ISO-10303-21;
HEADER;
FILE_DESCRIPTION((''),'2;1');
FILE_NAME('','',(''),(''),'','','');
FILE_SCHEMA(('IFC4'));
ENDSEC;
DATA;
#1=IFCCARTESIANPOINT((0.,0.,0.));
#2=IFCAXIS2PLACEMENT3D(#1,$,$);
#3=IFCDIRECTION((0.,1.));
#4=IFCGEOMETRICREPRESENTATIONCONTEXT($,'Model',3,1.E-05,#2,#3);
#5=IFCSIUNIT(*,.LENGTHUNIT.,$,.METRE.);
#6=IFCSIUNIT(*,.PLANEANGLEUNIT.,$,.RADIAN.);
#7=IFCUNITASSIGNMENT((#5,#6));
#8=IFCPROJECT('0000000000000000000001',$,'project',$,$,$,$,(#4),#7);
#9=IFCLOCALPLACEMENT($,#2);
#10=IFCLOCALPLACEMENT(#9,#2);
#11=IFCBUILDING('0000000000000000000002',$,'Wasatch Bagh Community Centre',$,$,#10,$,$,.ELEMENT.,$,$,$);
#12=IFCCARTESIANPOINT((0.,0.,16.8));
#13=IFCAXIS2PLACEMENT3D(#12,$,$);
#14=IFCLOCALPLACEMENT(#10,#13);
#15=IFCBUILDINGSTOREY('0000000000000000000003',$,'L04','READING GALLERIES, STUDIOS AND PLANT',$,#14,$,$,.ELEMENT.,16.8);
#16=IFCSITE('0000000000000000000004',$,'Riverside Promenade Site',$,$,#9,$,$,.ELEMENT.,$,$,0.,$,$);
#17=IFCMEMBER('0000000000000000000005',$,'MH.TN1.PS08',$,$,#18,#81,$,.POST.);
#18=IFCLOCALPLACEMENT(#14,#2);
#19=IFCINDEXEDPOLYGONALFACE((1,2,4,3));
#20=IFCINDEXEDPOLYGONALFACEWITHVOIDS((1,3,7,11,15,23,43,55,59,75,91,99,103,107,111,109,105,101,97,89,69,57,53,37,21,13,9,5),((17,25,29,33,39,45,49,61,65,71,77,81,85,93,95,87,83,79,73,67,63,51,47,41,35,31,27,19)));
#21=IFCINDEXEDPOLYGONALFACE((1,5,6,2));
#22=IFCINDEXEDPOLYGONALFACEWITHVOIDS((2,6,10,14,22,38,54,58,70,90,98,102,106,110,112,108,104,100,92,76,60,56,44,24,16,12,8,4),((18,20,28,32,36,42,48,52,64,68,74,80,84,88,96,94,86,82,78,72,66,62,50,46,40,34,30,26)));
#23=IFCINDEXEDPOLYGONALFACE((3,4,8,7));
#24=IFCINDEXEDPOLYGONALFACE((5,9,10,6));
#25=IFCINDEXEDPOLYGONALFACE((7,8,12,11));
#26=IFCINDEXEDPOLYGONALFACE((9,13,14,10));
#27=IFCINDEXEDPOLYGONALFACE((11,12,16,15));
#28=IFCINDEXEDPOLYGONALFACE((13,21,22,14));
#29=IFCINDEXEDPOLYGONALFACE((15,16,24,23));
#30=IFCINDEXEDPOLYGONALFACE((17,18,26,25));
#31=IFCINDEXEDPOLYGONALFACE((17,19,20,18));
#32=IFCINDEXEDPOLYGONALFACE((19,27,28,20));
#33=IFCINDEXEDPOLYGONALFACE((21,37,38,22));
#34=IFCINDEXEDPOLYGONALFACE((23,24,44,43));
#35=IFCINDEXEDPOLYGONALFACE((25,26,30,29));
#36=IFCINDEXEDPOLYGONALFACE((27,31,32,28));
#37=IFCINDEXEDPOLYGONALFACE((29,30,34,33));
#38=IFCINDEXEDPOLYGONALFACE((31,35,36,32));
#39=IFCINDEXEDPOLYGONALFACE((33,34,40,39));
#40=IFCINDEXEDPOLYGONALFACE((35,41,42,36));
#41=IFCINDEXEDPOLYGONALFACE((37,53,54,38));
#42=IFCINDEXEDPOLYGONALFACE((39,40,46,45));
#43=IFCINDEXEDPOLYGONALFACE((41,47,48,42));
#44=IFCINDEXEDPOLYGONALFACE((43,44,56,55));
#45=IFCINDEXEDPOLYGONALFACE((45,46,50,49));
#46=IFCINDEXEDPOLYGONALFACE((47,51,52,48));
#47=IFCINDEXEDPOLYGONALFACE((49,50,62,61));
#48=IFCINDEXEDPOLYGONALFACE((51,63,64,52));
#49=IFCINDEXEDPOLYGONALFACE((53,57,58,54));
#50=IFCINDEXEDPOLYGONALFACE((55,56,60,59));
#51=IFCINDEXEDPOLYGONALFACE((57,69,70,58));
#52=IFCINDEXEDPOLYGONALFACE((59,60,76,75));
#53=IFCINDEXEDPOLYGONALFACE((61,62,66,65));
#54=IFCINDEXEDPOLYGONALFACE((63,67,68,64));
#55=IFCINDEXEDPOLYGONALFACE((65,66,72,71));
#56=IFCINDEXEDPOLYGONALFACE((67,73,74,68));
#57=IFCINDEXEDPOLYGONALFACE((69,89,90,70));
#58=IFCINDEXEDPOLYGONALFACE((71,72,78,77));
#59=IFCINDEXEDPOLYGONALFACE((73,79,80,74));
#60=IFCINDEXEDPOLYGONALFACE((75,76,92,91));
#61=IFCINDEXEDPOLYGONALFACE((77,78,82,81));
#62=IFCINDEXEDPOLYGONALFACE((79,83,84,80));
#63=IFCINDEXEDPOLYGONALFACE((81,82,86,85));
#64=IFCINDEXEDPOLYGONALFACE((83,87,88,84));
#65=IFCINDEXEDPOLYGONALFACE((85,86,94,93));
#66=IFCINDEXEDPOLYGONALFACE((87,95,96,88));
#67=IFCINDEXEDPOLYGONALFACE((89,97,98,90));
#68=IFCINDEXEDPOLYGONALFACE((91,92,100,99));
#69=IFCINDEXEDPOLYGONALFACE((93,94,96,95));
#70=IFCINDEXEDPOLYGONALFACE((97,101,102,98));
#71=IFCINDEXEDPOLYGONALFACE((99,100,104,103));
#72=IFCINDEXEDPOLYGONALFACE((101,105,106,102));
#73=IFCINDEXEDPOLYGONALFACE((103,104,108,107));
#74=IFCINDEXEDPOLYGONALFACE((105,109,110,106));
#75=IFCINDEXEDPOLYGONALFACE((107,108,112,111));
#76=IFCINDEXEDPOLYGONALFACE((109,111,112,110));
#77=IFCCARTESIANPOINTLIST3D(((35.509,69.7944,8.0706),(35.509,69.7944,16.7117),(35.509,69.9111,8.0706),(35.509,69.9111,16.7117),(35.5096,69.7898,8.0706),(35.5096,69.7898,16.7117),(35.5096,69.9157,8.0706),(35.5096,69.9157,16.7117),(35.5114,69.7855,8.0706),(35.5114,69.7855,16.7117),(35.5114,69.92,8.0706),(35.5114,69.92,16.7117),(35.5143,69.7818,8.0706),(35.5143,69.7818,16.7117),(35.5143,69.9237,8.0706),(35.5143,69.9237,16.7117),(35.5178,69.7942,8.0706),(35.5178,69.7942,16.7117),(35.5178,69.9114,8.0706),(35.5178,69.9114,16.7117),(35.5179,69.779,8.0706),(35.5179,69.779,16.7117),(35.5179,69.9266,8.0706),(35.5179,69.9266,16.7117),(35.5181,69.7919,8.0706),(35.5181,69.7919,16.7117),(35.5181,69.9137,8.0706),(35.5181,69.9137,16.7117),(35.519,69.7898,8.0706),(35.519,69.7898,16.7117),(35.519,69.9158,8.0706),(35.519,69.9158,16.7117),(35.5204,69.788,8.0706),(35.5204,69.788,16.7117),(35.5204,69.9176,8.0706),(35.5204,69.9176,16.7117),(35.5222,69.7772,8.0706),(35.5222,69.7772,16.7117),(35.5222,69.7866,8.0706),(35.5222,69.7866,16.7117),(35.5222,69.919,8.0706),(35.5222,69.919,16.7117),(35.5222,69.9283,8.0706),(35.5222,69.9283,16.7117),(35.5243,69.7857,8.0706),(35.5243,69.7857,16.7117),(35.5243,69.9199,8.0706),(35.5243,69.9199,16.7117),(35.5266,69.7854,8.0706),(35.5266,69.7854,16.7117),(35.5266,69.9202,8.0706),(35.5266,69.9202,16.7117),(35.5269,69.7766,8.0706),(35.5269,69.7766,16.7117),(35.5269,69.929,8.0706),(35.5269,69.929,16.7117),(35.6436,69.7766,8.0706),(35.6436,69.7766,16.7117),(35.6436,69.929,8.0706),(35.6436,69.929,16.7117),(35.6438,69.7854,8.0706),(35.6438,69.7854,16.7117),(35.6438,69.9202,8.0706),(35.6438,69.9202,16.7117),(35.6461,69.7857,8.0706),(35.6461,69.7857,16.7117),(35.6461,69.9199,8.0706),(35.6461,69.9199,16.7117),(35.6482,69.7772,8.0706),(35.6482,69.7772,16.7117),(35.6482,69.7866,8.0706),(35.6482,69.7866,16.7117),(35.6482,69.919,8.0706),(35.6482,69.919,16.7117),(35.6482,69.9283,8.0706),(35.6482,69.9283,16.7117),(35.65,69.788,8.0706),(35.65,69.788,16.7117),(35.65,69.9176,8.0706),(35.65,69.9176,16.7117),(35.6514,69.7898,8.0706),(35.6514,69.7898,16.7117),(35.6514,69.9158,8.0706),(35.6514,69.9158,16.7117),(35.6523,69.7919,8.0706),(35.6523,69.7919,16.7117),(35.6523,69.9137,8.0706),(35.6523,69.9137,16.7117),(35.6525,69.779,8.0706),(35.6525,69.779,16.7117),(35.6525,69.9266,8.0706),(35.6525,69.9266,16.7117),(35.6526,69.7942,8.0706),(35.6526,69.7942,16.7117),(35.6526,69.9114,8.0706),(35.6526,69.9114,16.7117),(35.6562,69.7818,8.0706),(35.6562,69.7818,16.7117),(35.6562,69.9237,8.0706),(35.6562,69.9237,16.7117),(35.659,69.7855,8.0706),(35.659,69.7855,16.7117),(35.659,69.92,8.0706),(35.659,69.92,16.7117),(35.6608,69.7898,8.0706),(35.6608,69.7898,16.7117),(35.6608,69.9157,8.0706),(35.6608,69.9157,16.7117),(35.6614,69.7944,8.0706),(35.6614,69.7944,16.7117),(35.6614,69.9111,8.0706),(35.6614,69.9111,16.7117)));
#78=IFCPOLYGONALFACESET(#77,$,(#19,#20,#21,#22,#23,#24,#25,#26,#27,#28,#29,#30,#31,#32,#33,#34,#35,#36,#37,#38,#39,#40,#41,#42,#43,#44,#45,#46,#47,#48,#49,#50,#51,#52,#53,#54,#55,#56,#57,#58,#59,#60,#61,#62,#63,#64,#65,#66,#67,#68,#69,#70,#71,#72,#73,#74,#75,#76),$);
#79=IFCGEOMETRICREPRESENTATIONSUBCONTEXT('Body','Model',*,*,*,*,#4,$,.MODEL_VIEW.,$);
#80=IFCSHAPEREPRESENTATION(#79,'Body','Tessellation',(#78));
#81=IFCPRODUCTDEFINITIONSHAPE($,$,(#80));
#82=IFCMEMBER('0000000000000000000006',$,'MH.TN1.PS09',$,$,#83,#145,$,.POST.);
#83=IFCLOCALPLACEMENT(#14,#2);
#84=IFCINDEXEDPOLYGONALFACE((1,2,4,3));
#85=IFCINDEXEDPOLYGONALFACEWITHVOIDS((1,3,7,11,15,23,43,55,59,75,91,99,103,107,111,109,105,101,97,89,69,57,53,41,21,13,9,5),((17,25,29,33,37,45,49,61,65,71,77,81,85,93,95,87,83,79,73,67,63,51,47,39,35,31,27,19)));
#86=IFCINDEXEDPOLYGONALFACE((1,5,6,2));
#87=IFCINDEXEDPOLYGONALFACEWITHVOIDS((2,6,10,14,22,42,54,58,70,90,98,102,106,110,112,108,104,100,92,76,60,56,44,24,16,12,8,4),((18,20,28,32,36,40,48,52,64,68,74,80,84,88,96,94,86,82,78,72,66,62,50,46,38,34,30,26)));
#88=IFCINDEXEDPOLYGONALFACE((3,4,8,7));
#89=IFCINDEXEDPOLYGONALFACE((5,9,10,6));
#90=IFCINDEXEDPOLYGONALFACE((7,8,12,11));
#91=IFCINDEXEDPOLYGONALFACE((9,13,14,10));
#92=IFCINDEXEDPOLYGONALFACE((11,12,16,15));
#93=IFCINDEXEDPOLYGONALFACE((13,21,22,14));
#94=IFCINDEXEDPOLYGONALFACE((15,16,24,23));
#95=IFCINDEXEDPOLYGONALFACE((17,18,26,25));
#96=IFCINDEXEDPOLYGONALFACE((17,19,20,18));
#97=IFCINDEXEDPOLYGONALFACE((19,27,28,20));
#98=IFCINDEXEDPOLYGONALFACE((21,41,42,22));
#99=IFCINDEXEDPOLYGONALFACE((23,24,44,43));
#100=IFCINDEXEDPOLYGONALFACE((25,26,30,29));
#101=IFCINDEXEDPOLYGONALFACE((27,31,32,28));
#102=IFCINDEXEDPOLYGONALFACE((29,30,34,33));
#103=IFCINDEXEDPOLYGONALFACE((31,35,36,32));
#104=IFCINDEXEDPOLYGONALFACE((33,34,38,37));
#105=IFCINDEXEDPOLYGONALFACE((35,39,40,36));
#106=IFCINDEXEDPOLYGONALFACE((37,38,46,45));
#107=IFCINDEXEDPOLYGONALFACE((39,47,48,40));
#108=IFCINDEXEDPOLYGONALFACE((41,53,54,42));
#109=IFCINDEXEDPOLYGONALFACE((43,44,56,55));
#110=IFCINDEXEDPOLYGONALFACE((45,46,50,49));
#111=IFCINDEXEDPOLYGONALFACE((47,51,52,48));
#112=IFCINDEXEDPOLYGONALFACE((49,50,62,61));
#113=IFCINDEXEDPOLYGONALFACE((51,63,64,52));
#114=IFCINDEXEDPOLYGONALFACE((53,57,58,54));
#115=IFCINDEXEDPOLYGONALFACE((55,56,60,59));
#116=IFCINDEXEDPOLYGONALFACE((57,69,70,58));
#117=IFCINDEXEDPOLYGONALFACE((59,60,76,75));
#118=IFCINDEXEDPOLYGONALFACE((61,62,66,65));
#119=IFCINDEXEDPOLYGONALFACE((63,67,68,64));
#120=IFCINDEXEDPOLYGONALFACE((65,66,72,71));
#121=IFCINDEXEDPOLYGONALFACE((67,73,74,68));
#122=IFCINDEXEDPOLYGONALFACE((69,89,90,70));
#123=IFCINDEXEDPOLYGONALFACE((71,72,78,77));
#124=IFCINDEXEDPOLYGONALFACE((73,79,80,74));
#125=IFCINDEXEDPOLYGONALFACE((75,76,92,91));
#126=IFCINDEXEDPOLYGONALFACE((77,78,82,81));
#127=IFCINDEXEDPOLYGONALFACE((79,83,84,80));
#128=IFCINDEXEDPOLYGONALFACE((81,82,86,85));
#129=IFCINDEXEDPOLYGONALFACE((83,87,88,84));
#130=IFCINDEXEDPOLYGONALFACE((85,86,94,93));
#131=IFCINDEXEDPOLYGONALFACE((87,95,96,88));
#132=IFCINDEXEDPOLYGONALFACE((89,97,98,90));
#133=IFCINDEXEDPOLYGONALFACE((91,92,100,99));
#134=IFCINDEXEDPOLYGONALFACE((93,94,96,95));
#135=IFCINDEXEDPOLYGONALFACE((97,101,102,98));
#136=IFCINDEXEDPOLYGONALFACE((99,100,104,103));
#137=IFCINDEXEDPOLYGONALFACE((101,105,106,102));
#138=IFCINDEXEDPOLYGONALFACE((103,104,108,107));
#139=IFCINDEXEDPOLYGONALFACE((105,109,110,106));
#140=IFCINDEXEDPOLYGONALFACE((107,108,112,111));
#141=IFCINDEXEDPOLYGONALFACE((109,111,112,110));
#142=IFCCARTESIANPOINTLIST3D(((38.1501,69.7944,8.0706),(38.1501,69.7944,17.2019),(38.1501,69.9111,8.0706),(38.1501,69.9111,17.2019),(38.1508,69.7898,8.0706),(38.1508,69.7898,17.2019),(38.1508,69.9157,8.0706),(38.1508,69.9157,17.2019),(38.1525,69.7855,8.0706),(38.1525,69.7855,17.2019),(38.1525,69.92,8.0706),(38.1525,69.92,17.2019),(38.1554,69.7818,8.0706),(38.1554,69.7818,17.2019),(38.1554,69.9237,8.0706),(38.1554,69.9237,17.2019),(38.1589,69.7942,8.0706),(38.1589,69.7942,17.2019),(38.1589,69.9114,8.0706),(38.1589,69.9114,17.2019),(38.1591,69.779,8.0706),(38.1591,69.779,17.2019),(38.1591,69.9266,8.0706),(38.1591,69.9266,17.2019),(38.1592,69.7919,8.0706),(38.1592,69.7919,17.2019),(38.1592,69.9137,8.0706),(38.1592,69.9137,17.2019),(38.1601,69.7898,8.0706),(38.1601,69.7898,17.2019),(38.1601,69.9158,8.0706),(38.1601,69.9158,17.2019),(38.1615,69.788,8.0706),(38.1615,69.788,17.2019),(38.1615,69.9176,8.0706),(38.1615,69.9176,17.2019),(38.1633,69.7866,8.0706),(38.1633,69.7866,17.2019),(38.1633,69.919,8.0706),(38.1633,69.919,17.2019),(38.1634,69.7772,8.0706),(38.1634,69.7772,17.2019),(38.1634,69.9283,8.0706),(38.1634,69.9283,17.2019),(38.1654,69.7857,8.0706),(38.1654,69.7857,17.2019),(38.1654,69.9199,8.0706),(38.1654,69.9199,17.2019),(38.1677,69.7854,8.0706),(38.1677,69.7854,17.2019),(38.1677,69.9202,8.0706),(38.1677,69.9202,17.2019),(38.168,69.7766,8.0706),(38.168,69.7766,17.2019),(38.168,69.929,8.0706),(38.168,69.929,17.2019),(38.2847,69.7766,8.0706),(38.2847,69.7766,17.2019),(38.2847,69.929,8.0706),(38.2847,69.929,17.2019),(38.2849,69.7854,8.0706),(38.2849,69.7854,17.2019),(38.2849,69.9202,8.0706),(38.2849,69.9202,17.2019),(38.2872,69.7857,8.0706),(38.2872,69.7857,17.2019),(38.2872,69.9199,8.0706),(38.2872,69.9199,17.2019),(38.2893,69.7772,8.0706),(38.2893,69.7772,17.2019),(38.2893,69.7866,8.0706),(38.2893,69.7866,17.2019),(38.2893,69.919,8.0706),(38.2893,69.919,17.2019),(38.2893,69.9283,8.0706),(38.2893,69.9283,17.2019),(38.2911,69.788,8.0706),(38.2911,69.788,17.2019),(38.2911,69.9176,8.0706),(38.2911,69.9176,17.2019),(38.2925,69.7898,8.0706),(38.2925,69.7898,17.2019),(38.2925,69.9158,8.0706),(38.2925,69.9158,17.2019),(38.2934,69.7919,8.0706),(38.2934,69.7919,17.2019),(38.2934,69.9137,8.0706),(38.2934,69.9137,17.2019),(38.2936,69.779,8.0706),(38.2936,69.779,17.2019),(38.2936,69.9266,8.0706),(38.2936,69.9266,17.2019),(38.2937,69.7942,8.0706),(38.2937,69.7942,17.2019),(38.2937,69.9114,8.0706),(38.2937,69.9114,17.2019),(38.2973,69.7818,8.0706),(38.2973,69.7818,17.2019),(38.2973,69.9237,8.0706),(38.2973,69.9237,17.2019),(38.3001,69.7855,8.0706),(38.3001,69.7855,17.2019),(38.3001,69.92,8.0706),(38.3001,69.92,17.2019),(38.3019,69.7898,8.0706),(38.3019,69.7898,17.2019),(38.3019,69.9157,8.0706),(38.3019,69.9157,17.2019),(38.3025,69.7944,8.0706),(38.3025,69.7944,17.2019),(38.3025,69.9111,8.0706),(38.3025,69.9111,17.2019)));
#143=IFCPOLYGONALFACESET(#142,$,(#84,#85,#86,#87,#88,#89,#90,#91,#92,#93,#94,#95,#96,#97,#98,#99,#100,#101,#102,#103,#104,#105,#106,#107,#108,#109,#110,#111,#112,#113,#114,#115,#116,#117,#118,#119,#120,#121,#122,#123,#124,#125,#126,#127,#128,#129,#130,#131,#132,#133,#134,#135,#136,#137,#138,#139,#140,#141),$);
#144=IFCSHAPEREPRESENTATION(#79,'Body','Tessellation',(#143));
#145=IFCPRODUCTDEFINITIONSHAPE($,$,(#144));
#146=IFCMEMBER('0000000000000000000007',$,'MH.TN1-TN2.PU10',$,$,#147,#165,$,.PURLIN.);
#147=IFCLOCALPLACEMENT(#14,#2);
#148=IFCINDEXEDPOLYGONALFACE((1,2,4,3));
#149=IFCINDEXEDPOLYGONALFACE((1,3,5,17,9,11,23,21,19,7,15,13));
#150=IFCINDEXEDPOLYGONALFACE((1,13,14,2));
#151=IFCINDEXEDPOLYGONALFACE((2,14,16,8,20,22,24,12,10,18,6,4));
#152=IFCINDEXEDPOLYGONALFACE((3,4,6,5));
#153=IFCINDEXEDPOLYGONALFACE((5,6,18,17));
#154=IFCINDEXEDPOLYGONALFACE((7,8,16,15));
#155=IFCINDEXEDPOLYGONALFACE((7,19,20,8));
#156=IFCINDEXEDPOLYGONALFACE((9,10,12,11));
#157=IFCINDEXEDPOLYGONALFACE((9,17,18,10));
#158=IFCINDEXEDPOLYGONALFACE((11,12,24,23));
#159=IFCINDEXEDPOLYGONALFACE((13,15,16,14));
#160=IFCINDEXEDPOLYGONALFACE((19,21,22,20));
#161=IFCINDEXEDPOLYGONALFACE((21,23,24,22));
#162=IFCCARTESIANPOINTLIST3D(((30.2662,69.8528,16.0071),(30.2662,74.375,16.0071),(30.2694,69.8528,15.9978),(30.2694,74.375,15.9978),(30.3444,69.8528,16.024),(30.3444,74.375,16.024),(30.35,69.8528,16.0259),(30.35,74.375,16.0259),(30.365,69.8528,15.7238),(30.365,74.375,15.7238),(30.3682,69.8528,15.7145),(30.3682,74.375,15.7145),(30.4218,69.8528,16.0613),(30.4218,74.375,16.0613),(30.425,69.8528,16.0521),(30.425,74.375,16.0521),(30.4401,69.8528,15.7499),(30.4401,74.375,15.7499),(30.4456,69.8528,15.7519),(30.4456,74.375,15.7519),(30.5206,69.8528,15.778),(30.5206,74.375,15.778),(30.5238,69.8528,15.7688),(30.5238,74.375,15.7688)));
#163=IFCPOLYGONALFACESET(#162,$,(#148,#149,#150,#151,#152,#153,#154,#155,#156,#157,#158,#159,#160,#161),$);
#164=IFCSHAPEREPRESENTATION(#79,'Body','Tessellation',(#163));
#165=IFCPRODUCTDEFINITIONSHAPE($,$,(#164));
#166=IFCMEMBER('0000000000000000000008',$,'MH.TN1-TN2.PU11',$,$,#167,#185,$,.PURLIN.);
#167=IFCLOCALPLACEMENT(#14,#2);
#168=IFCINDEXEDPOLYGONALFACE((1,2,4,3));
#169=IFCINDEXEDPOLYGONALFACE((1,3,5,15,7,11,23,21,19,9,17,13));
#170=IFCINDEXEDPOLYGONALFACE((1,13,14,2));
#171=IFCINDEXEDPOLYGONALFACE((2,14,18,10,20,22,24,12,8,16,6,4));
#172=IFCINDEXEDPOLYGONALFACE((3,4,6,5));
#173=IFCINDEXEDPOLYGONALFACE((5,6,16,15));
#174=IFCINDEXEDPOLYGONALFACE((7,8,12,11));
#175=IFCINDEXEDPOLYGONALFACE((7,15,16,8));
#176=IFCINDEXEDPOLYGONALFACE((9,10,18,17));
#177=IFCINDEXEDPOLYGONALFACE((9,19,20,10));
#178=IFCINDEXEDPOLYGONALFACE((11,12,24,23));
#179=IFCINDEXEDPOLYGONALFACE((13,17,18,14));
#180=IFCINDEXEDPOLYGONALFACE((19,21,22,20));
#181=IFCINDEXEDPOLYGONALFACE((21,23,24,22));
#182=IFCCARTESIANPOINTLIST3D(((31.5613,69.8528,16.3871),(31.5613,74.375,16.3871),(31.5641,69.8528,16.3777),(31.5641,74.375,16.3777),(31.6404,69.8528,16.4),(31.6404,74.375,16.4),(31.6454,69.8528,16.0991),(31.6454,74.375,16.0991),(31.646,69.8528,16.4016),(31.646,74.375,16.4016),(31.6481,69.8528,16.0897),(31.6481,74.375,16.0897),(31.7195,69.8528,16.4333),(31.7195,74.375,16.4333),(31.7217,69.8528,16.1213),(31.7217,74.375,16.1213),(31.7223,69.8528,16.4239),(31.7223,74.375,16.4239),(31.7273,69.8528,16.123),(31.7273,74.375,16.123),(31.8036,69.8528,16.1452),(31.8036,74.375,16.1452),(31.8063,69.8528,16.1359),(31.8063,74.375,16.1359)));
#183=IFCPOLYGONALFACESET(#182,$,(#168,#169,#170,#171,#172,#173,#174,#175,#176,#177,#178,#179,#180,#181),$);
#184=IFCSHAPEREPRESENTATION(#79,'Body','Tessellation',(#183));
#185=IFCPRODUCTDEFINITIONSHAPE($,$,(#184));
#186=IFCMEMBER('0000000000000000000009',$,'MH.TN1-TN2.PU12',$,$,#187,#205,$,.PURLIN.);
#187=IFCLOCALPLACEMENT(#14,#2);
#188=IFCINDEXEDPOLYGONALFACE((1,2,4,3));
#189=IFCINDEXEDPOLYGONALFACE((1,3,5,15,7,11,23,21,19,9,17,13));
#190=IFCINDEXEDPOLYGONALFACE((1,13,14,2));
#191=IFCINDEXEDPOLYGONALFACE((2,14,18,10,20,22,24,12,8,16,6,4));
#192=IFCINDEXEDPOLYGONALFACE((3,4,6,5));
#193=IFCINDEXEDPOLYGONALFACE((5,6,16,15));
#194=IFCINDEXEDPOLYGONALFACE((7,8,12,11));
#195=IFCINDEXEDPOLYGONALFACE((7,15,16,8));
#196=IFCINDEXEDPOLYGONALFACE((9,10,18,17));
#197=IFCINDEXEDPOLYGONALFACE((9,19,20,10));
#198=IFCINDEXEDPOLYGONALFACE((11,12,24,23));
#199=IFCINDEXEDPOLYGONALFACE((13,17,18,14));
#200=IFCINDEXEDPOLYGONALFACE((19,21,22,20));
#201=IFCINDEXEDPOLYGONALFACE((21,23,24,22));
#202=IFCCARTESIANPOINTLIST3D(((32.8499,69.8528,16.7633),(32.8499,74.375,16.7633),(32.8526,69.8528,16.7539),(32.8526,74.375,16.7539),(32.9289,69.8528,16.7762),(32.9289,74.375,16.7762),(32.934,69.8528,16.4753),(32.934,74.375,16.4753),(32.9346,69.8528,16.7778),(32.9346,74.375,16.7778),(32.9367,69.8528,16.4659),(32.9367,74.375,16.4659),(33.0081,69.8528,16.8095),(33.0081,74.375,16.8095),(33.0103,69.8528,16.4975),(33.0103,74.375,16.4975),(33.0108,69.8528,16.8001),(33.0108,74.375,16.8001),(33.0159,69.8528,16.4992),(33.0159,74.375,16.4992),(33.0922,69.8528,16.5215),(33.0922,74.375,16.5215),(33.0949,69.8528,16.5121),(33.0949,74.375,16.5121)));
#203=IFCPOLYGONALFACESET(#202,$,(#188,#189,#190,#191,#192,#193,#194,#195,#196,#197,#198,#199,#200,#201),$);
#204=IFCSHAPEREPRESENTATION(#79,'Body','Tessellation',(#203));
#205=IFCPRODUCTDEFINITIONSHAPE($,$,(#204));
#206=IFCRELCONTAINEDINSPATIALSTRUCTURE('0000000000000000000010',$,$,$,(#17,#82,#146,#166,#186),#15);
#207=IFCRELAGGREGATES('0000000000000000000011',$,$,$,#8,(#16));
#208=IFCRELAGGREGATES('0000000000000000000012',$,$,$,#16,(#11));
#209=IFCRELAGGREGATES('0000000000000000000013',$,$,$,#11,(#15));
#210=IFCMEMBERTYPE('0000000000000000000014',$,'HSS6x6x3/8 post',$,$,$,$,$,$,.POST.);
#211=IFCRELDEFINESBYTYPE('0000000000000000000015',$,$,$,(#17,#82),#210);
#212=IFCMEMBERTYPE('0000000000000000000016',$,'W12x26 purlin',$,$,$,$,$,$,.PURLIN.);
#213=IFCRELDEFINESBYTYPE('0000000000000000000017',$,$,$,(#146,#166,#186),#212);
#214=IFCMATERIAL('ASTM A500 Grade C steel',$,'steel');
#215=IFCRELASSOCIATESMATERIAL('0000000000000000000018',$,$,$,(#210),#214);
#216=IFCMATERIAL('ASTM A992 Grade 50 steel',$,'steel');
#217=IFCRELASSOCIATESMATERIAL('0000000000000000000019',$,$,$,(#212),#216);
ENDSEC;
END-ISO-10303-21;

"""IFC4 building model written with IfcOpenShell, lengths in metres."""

from ifc_helpers import new_model, si_unit, direction, frame, origin, origin_2d, place, context, subcontext, project, spatial, hollow_rectangle, i_section, extrude, material, material_profile, profile_set, type_object, element, save


model = new_model("IFC4")

# Units and contexts
model_context = context("Model", 3, precision=1e-05, world=origin(), true_north=direction((0.0, 1.0)))
body_context = subcontext(model_context, "Body", "Model", "MODEL_VIEW")
ifc_project = project(units=[si_unit("LENGTHUNIT", "METRE"), si_unit("PLANEANGLEUNIT", "RADIAN")], contexts=[model_context])

# Site, building, storey
site_placement = place(None, origin())
site = spatial("IfcSite", under=ifc_project, at=site_placement, Name="Riverside Promenade Site", CompositionType="ELEMENT", RefElevation=0.0)
building_placement = place(site_placement, origin())
building = spatial("IfcBuilding", under=site, at=building_placement, Name="Wasatch Bagh Community Centre", CompositionType="ELEMENT")
storey_placement = place(building_placement, frame((0.0, 0.0, 16.8)))
storey = spatial("IfcBuildingStorey", under=building, at=storey_placement, Name="L04", Description="READING GALLERIES, STUDIOS AND PLANT", CompositionType="ELEMENT", Elevation=16.8)

# Members
ifc_material_1 = material(Name="ASTM A500 Grade C steel", Category="steel")
ifc_material_profile_1 = material_profile(ifc_material_1, hollow_rectangle(XDim=0.1523, YDim=0.1523, WallThickness=0.0088, InnerFilletRadius=0.0088, OuterFilletRadius=0.0178, at=origin_2d()), Name="HSS6x6x3/8")
ifc_profile_set_1 = profile_set([ifc_material_profile_1], Name="ASTM A500 Grade C steel")
member_type_1 = type_object("IfcMemberType", Name="HSS6x6x3/8 post", PredefinedType="POST", material=ifc_profile_set_1)
member_1_placement = place(storey_placement, frame((35.5852, 69.8528, 8.0706), z_axis=(0.0, 0.0, 1.0), x_axis=(1.0, 0.0, 0.0)))
element("IfcMember", 1, at=member_1_placement, inside=storey, type_object=member_type_1, Name="MH.TN1.PS08", PredefinedType="POST", context=body_context, shape_type="SweptSolid", body=[
    extrude(hollow_rectangle(XDim=0.1523, YDim=0.1523, WallThickness=0.0088, InnerFilletRadius=0.0088, OuterFilletRadius=0.0178, at=origin_2d()), origin(), (0.0, 0.0, 1.0), 8.6411),
])
member_2_placement = place(storey_placement, frame((38.2263, 69.8528, 8.0706), z_axis=(0.0, 0.0, 1.0), x_axis=(1.0, 0.0, 0.0)))
element("IfcMember", 2, at=member_2_placement, inside=storey, type_object=member_type_1, Name="MH.TN1.PS09", PredefinedType="POST", context=body_context, shape_type="SweptSolid", body=[
    extrude(hollow_rectangle(XDim=0.1523, YDim=0.1523, WallThickness=0.0088, InnerFilletRadius=0.0088, OuterFilletRadius=0.0178, at=origin_2d()), origin(), (0.0, 0.0, 1.0), 9.1313),
])
ifc_material_2 = material(Name="ASTM A992 Grade 50 steel", Category="steel")
ifc_material_profile_2 = material_profile(ifc_material_2, i_section(OverallWidth=0.1648, OverallDepth=0.3098, WebThickness=0.0059, FlangeThickness=0.0098, at=origin_2d()), Name="W12x26")
ifc_profile_set_2 = profile_set([ifc_material_profile_2], Name="ASTM A992 Grade 50 steel")
member_type_2 = type_object("IfcMemberType", Name="W12x26 purlin", PredefinedType="PURLIN", material=ifc_profile_set_2)
for number, where, z_axis, x_axis, name in (
    (3, (30.395, 69.8528, 15.8879), (0.0, 1.0, 0.0), (-0.944194, 0.0, -0.329389), "MH.TN1-TN2.PU10"),
    (4, (31.6838, 69.8528, 16.2615), (0.0, 1.0, 0.0), (-0.959938, 0.0, -0.280214), "MH.TN1-TN2.PU11"),
    (5, (32.9724, 69.8528, 16.6377), (0.0, 1.0, 0.0), (-0.959938, 0.0, -0.280214), "MH.TN1-TN2.PU12"),
):
    element("IfcMember", number, at=place(storey_placement, frame(where, z_axis=z_axis, x_axis=x_axis)), inside=storey, type_object=member_type_2, Name=name, PredefinedType="PURLIN", context=body_context, shape_type="SweptSolid", body=[
        extrude(i_section(OverallWidth=0.1648, OverallDepth=0.3098, WebThickness=0.0059, FlangeThickness=0.0098, at=origin_2d()), origin(), (0.0, 0.0, 1.0), 4.5222),
    ])

save(model, "model.ifc")
